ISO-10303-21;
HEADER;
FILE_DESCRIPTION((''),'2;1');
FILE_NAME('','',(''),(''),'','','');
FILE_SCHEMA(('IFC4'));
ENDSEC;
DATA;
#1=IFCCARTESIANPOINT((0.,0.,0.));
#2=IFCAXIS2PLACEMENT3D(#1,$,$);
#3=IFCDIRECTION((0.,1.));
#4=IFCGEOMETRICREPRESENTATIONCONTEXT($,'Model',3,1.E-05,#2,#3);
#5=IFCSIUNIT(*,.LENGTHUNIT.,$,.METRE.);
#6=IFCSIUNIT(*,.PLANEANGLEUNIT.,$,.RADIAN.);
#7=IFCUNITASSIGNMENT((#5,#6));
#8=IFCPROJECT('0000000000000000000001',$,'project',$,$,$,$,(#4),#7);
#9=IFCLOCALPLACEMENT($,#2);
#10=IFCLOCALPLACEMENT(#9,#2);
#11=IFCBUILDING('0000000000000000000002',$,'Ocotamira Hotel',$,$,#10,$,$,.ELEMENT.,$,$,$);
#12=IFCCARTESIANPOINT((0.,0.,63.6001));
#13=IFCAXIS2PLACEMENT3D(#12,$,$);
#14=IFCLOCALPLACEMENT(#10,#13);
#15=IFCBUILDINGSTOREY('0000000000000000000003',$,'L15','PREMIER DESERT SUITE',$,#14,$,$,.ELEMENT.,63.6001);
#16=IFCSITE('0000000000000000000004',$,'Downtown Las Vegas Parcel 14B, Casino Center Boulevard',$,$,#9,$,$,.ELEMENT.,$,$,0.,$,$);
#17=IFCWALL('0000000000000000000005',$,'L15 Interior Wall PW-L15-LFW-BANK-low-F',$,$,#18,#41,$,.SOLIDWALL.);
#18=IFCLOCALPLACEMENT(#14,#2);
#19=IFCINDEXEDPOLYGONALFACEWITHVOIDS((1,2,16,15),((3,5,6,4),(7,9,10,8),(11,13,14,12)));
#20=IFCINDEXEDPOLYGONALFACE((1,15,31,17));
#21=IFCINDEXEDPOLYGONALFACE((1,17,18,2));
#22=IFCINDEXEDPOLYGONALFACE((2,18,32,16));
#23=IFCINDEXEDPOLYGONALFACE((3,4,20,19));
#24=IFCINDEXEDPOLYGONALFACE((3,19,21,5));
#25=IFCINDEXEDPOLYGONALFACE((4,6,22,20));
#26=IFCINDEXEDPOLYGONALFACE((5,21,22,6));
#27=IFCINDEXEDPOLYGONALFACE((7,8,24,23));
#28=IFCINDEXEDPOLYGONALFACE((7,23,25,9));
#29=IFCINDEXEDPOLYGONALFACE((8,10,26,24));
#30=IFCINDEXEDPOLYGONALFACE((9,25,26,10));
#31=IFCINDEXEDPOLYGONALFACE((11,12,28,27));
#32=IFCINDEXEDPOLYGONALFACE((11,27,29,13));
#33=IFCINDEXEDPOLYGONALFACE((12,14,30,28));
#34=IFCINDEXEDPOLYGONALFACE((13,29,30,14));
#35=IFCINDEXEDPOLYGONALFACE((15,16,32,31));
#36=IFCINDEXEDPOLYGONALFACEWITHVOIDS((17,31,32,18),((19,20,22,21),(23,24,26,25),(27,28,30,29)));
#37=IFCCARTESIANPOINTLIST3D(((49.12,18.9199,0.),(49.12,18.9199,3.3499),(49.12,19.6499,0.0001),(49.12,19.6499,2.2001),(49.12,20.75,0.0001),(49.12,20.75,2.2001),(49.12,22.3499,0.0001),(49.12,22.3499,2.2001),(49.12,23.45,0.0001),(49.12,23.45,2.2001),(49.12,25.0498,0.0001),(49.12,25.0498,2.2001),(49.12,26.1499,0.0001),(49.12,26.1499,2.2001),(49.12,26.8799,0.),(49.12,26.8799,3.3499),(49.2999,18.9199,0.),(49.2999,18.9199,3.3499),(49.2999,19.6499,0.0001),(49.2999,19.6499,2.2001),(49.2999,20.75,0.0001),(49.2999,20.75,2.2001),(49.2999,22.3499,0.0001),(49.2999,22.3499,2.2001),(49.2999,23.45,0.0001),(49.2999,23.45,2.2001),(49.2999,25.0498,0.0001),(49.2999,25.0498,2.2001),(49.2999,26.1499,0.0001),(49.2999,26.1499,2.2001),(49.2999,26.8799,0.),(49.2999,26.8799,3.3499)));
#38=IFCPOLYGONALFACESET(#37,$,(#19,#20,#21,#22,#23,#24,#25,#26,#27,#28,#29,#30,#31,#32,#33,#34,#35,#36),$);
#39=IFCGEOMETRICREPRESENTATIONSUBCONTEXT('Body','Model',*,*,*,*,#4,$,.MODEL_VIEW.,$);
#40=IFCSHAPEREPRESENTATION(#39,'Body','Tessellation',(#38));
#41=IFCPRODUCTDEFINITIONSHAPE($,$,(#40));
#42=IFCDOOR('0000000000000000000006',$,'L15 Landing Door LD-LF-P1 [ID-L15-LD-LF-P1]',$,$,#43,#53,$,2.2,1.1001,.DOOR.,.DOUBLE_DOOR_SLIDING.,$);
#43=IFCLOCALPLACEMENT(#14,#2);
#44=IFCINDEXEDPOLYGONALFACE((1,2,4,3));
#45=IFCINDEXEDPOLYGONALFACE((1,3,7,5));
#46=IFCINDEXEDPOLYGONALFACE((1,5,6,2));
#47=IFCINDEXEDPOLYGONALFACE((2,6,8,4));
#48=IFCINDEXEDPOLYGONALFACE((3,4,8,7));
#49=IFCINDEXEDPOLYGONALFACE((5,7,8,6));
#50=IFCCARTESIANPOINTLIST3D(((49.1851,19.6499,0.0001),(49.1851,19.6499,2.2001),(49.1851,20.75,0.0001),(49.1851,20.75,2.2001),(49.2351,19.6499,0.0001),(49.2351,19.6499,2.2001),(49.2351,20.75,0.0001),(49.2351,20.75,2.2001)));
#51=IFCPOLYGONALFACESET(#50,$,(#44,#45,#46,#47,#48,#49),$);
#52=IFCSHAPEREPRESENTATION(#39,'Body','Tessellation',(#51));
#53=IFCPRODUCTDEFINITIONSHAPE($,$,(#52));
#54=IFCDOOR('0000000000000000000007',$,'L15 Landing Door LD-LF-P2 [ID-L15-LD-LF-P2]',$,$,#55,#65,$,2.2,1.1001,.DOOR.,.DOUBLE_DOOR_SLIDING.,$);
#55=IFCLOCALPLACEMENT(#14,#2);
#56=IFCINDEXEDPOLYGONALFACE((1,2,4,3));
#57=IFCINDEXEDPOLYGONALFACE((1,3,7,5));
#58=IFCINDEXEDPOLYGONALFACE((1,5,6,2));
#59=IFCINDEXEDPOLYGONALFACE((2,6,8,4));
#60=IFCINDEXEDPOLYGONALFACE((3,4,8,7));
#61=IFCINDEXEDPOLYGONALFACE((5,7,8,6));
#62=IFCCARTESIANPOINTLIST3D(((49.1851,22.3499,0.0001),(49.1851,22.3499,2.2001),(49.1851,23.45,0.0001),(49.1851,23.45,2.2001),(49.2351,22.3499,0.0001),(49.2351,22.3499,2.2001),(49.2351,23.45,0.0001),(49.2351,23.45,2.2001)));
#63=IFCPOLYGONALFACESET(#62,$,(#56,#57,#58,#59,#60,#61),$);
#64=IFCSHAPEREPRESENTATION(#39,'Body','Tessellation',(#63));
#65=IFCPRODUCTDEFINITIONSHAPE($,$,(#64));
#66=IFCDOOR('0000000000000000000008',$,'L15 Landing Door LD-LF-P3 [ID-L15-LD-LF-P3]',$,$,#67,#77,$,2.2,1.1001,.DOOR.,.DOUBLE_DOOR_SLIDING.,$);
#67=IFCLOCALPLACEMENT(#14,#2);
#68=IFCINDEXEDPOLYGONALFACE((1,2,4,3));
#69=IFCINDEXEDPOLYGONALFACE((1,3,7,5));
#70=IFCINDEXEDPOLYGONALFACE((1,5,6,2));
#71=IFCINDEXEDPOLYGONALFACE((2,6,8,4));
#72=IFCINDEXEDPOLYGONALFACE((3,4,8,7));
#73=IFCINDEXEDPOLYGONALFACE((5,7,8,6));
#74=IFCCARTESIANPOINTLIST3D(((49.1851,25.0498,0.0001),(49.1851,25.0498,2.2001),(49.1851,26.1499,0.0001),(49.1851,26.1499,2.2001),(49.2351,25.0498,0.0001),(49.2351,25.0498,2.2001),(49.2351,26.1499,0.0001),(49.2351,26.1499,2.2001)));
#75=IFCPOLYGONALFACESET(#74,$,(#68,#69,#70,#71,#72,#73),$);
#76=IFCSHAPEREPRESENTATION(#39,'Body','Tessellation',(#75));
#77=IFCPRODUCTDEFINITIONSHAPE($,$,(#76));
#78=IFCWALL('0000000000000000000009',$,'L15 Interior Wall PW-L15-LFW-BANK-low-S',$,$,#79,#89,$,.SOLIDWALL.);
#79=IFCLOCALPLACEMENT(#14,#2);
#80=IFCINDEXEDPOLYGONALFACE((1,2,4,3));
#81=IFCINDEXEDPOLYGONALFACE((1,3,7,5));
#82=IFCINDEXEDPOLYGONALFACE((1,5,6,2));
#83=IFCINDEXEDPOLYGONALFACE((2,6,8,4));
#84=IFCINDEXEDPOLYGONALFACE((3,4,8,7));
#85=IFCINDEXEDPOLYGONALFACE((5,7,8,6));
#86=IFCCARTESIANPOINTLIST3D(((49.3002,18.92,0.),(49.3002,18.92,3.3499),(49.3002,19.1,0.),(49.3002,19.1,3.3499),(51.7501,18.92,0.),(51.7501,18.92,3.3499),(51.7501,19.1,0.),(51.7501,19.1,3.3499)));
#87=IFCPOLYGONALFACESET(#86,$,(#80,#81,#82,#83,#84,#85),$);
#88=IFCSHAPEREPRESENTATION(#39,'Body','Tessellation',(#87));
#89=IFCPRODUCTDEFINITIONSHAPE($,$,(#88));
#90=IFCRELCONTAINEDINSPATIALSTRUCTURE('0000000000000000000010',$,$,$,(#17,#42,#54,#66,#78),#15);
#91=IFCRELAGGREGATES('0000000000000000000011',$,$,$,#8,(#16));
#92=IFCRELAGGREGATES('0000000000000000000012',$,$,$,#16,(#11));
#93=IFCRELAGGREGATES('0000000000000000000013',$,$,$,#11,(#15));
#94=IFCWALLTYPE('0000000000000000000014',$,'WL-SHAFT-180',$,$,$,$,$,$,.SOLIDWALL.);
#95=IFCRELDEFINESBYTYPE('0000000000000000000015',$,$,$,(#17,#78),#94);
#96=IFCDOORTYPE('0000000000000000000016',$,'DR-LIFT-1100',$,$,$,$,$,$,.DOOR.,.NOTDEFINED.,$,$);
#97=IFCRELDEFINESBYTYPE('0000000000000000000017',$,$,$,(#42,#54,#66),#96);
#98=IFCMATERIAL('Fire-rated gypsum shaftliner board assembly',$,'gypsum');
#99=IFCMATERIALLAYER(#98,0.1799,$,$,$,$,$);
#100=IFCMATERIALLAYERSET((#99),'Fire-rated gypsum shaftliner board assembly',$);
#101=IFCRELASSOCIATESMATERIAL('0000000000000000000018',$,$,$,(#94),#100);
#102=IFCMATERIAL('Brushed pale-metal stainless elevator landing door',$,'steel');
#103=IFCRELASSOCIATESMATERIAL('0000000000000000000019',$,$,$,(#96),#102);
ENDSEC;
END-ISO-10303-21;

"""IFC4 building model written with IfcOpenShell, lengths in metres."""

from ifc_helpers import new_model, si_unit, direction, frame, frame_2d, origin, place, context, subcontext, project, spatial, rectangle, extrude, source, transform, mapped, material, layer, layer_set, type_object, element, fill, save


model = new_model("IFC4")

# Units and contexts
model_context = context("Model", 3, precision=1e-05, world=origin(), true_north=direction((0.0, 1.0)))
body_context = subcontext(model_context, "Body", "Model", "MODEL_VIEW")
ifc_project = project(units=[si_unit("LENGTHUNIT", "METRE"), si_unit("PLANEANGLEUNIT", "RADIAN")], contexts=[model_context])

# Site, building, storey
site_placement = place(None, origin())
site = spatial("IfcSite", under=ifc_project, at=site_placement, Name="Downtown Las Vegas Parcel 14B, Casino Center Boulevard", CompositionType="ELEMENT", RefElevation=0.0)
building_placement = place(site_placement, origin())
building = spatial("IfcBuilding", under=site, at=building_placement, Name="Ocotamira Hotel", CompositionType="ELEMENT")
storey_placement = place(building_placement, frame((0.0, 0.0, 63.6001)))
storey = spatial("IfcBuildingStorey", under=building, at=storey_placement, Name="L15", Description="PREMIER DESERT SUITE", CompositionType="ELEMENT", Elevation=63.6001)

# Wall, openings, doors
ifc_material_1 = material(Name="Fire-rated gypsum shaftliner board assembly", Category="gypsum")
ifc_layer_1 = layer(ifc_material_1, 0.1799)
ifc_layer_set_1 = layer_set([ifc_layer_1], Name="Fire-rated gypsum shaftliner board assembly")
wall_type_1 = type_object("IfcWallType", Name="WL-SHAFT-180", PredefinedType="SOLIDWALL", material=ifc_layer_set_1)
wall_1_placement = place(storey_placement, frame((49.21, 18.9199, 0.0), z_axis=(0.0, 0.0, 1.0), x_axis=(0.0, 1.0, 0.0)))
wall_1 = element("IfcWall", 1, at=wall_1_placement, inside=storey, type_object=wall_type_1, Name="L15 Interior Wall PW-L15-LFW-BANK-low-F", PredefinedType="SOLIDWALL", context=body_context, shape_type="SweptSolid", body=[
    extrude(rectangle(XDim=7.96, YDim=0.1799, at=frame_2d((3.98, 0.0))), origin(), (0.0, 0.0, 1.0), 3.3499),
])
opening_1_placement = place(wall_1_placement, frame((0.73, 0.0, 0.0)))
opening_1 = element("IfcOpeningElement", 2, at=opening_1_placement, cuts=wall_1, PredefinedType="OPENING", context=body_context, shape_type="SweptSolid", body=[
    extrude(rectangle(XDim=1.1001, YDim=2.2, at=frame_2d((0.55, 1.1001))), frame((0.0, 0.1001, 0.0), z_axis=(0.0, -1.0, 0.0), x_axis=(1.0, 0.0, 0.0)), (0.0, 0.0, 1.0), 0.2),
])
opening_2_placement = place(wall_1_placement, frame((3.4299, 0.0, 0.0)))
opening_2 = element("IfcOpeningElement", 3, at=opening_2_placement, cuts=wall_1, PredefinedType="OPENING", context=body_context, shape_type="SweptSolid", body=[
    extrude(rectangle(XDim=1.1001, YDim=2.2, at=frame_2d((0.55, 1.1001))), frame((0.0, 0.1001, 0.0), z_axis=(0.0, -1.0, 0.0), x_axis=(1.0, 0.0, 0.0)), (0.0, 0.0, 1.0), 0.2),
])
opening_3_placement = place(wall_1_placement, frame((6.1299, 0.0, 0.0)))
opening_3 = element("IfcOpeningElement", 4, at=opening_3_placement, cuts=wall_1, PredefinedType="OPENING", context=body_context, shape_type="SweptSolid", body=[
    extrude(rectangle(XDim=1.1001, YDim=2.2, at=frame_2d((0.55, 1.1001))), frame((0.0, 0.1001, 0.0), z_axis=(0.0, -1.0, 0.0), x_axis=(1.0, 0.0, 0.0)), (0.0, 0.0, 1.0), 0.2),
])
ifc_material_2 = material(Name="Brushed pale-metal stainless elevator landing door", Category="steel")
door_type = type_object("IfcDoorType", Name="DR-LIFT-1100", OperationType="NOTDEFINED", PredefinedType="DOOR", material=ifc_material_2)
shared_shape_1 = source(origin(), body_context, "Body", "SweptSolid", [
    extrude(rectangle(XDim=1.1001, YDim=2.2, at=frame_2d((0.55, 1.1001))), frame((0.0, 0.0249, 0.0), z_axis=(0.0, -1.0, 0.0), x_axis=(1.0, 0.0, 0.0)), (0.0, 0.0, 1.0), 0.05),
])
door_1_placement = place(opening_1_placement, origin())
door_1 = element("IfcDoor", 5, at=door_1_placement, inside=storey, type_object=door_type, Name="L15 Landing Door LD-LF-P1 [ID-L15-LD-LF-P1]", OperationType="DOUBLE_DOOR_SLIDING", OverallHeight=2.2, OverallWidth=1.1001, PredefinedType="DOOR", context=body_context, shape_type="MappedRepresentation", body=[
    mapped(shared_shape_1, transform((0.0, 0.0, 0.0), scale=1.0)),
])
fill(opening_1, door_1)
door_2_placement = place(opening_2_placement, origin())
door_2 = element("IfcDoor", 6, at=door_2_placement, inside=storey, type_object=door_type, Name="L15 Landing Door LD-LF-P2 [ID-L15-LD-LF-P2]", OperationType="DOUBLE_DOOR_SLIDING", OverallHeight=2.2, OverallWidth=1.1001, PredefinedType="DOOR", context=body_context, shape_type="MappedRepresentation", body=[
    mapped(shared_shape_1, transform((0.0, 0.0, 0.0), scale=1.0)),
])
fill(opening_2, door_2)
door_3_placement = place(opening_3_placement, origin())
door_3 = element("IfcDoor", 7, at=door_3_placement, inside=storey, type_object=door_type, Name="L15 Landing Door LD-LF-P3 [ID-L15-LD-LF-P3]", OperationType="DOUBLE_DOOR_SLIDING", OverallHeight=2.2, OverallWidth=1.1001, PredefinedType="DOOR", context=body_context, shape_type="MappedRepresentation", body=[
    mapped(shared_shape_1, transform((0.0, 0.0, 0.0), scale=1.0)),
])
fill(opening_3, door_3)

# Wall
wall_2_placement = place(storey_placement, frame((49.3, 19.01, 0.0), z_axis=(0.0, 0.0, 1.0), x_axis=(1.0, 0.0, 0.0)))
element("IfcWall", 8, at=wall_2_placement, inside=storey, type_object=wall_type_1, Name="L15 Interior Wall PW-L15-LFW-BANK-low-S", PredefinedType="SOLIDWALL", context=body_context, shape_type="SweptSolid", body=[
    extrude(rectangle(XDim=2.45, YDim=0.1799, at=frame_2d((1.2251, 0.0))), origin(), (0.0, 0.0, 1.0), 3.3499),
])

save(model, "model.ifc")
